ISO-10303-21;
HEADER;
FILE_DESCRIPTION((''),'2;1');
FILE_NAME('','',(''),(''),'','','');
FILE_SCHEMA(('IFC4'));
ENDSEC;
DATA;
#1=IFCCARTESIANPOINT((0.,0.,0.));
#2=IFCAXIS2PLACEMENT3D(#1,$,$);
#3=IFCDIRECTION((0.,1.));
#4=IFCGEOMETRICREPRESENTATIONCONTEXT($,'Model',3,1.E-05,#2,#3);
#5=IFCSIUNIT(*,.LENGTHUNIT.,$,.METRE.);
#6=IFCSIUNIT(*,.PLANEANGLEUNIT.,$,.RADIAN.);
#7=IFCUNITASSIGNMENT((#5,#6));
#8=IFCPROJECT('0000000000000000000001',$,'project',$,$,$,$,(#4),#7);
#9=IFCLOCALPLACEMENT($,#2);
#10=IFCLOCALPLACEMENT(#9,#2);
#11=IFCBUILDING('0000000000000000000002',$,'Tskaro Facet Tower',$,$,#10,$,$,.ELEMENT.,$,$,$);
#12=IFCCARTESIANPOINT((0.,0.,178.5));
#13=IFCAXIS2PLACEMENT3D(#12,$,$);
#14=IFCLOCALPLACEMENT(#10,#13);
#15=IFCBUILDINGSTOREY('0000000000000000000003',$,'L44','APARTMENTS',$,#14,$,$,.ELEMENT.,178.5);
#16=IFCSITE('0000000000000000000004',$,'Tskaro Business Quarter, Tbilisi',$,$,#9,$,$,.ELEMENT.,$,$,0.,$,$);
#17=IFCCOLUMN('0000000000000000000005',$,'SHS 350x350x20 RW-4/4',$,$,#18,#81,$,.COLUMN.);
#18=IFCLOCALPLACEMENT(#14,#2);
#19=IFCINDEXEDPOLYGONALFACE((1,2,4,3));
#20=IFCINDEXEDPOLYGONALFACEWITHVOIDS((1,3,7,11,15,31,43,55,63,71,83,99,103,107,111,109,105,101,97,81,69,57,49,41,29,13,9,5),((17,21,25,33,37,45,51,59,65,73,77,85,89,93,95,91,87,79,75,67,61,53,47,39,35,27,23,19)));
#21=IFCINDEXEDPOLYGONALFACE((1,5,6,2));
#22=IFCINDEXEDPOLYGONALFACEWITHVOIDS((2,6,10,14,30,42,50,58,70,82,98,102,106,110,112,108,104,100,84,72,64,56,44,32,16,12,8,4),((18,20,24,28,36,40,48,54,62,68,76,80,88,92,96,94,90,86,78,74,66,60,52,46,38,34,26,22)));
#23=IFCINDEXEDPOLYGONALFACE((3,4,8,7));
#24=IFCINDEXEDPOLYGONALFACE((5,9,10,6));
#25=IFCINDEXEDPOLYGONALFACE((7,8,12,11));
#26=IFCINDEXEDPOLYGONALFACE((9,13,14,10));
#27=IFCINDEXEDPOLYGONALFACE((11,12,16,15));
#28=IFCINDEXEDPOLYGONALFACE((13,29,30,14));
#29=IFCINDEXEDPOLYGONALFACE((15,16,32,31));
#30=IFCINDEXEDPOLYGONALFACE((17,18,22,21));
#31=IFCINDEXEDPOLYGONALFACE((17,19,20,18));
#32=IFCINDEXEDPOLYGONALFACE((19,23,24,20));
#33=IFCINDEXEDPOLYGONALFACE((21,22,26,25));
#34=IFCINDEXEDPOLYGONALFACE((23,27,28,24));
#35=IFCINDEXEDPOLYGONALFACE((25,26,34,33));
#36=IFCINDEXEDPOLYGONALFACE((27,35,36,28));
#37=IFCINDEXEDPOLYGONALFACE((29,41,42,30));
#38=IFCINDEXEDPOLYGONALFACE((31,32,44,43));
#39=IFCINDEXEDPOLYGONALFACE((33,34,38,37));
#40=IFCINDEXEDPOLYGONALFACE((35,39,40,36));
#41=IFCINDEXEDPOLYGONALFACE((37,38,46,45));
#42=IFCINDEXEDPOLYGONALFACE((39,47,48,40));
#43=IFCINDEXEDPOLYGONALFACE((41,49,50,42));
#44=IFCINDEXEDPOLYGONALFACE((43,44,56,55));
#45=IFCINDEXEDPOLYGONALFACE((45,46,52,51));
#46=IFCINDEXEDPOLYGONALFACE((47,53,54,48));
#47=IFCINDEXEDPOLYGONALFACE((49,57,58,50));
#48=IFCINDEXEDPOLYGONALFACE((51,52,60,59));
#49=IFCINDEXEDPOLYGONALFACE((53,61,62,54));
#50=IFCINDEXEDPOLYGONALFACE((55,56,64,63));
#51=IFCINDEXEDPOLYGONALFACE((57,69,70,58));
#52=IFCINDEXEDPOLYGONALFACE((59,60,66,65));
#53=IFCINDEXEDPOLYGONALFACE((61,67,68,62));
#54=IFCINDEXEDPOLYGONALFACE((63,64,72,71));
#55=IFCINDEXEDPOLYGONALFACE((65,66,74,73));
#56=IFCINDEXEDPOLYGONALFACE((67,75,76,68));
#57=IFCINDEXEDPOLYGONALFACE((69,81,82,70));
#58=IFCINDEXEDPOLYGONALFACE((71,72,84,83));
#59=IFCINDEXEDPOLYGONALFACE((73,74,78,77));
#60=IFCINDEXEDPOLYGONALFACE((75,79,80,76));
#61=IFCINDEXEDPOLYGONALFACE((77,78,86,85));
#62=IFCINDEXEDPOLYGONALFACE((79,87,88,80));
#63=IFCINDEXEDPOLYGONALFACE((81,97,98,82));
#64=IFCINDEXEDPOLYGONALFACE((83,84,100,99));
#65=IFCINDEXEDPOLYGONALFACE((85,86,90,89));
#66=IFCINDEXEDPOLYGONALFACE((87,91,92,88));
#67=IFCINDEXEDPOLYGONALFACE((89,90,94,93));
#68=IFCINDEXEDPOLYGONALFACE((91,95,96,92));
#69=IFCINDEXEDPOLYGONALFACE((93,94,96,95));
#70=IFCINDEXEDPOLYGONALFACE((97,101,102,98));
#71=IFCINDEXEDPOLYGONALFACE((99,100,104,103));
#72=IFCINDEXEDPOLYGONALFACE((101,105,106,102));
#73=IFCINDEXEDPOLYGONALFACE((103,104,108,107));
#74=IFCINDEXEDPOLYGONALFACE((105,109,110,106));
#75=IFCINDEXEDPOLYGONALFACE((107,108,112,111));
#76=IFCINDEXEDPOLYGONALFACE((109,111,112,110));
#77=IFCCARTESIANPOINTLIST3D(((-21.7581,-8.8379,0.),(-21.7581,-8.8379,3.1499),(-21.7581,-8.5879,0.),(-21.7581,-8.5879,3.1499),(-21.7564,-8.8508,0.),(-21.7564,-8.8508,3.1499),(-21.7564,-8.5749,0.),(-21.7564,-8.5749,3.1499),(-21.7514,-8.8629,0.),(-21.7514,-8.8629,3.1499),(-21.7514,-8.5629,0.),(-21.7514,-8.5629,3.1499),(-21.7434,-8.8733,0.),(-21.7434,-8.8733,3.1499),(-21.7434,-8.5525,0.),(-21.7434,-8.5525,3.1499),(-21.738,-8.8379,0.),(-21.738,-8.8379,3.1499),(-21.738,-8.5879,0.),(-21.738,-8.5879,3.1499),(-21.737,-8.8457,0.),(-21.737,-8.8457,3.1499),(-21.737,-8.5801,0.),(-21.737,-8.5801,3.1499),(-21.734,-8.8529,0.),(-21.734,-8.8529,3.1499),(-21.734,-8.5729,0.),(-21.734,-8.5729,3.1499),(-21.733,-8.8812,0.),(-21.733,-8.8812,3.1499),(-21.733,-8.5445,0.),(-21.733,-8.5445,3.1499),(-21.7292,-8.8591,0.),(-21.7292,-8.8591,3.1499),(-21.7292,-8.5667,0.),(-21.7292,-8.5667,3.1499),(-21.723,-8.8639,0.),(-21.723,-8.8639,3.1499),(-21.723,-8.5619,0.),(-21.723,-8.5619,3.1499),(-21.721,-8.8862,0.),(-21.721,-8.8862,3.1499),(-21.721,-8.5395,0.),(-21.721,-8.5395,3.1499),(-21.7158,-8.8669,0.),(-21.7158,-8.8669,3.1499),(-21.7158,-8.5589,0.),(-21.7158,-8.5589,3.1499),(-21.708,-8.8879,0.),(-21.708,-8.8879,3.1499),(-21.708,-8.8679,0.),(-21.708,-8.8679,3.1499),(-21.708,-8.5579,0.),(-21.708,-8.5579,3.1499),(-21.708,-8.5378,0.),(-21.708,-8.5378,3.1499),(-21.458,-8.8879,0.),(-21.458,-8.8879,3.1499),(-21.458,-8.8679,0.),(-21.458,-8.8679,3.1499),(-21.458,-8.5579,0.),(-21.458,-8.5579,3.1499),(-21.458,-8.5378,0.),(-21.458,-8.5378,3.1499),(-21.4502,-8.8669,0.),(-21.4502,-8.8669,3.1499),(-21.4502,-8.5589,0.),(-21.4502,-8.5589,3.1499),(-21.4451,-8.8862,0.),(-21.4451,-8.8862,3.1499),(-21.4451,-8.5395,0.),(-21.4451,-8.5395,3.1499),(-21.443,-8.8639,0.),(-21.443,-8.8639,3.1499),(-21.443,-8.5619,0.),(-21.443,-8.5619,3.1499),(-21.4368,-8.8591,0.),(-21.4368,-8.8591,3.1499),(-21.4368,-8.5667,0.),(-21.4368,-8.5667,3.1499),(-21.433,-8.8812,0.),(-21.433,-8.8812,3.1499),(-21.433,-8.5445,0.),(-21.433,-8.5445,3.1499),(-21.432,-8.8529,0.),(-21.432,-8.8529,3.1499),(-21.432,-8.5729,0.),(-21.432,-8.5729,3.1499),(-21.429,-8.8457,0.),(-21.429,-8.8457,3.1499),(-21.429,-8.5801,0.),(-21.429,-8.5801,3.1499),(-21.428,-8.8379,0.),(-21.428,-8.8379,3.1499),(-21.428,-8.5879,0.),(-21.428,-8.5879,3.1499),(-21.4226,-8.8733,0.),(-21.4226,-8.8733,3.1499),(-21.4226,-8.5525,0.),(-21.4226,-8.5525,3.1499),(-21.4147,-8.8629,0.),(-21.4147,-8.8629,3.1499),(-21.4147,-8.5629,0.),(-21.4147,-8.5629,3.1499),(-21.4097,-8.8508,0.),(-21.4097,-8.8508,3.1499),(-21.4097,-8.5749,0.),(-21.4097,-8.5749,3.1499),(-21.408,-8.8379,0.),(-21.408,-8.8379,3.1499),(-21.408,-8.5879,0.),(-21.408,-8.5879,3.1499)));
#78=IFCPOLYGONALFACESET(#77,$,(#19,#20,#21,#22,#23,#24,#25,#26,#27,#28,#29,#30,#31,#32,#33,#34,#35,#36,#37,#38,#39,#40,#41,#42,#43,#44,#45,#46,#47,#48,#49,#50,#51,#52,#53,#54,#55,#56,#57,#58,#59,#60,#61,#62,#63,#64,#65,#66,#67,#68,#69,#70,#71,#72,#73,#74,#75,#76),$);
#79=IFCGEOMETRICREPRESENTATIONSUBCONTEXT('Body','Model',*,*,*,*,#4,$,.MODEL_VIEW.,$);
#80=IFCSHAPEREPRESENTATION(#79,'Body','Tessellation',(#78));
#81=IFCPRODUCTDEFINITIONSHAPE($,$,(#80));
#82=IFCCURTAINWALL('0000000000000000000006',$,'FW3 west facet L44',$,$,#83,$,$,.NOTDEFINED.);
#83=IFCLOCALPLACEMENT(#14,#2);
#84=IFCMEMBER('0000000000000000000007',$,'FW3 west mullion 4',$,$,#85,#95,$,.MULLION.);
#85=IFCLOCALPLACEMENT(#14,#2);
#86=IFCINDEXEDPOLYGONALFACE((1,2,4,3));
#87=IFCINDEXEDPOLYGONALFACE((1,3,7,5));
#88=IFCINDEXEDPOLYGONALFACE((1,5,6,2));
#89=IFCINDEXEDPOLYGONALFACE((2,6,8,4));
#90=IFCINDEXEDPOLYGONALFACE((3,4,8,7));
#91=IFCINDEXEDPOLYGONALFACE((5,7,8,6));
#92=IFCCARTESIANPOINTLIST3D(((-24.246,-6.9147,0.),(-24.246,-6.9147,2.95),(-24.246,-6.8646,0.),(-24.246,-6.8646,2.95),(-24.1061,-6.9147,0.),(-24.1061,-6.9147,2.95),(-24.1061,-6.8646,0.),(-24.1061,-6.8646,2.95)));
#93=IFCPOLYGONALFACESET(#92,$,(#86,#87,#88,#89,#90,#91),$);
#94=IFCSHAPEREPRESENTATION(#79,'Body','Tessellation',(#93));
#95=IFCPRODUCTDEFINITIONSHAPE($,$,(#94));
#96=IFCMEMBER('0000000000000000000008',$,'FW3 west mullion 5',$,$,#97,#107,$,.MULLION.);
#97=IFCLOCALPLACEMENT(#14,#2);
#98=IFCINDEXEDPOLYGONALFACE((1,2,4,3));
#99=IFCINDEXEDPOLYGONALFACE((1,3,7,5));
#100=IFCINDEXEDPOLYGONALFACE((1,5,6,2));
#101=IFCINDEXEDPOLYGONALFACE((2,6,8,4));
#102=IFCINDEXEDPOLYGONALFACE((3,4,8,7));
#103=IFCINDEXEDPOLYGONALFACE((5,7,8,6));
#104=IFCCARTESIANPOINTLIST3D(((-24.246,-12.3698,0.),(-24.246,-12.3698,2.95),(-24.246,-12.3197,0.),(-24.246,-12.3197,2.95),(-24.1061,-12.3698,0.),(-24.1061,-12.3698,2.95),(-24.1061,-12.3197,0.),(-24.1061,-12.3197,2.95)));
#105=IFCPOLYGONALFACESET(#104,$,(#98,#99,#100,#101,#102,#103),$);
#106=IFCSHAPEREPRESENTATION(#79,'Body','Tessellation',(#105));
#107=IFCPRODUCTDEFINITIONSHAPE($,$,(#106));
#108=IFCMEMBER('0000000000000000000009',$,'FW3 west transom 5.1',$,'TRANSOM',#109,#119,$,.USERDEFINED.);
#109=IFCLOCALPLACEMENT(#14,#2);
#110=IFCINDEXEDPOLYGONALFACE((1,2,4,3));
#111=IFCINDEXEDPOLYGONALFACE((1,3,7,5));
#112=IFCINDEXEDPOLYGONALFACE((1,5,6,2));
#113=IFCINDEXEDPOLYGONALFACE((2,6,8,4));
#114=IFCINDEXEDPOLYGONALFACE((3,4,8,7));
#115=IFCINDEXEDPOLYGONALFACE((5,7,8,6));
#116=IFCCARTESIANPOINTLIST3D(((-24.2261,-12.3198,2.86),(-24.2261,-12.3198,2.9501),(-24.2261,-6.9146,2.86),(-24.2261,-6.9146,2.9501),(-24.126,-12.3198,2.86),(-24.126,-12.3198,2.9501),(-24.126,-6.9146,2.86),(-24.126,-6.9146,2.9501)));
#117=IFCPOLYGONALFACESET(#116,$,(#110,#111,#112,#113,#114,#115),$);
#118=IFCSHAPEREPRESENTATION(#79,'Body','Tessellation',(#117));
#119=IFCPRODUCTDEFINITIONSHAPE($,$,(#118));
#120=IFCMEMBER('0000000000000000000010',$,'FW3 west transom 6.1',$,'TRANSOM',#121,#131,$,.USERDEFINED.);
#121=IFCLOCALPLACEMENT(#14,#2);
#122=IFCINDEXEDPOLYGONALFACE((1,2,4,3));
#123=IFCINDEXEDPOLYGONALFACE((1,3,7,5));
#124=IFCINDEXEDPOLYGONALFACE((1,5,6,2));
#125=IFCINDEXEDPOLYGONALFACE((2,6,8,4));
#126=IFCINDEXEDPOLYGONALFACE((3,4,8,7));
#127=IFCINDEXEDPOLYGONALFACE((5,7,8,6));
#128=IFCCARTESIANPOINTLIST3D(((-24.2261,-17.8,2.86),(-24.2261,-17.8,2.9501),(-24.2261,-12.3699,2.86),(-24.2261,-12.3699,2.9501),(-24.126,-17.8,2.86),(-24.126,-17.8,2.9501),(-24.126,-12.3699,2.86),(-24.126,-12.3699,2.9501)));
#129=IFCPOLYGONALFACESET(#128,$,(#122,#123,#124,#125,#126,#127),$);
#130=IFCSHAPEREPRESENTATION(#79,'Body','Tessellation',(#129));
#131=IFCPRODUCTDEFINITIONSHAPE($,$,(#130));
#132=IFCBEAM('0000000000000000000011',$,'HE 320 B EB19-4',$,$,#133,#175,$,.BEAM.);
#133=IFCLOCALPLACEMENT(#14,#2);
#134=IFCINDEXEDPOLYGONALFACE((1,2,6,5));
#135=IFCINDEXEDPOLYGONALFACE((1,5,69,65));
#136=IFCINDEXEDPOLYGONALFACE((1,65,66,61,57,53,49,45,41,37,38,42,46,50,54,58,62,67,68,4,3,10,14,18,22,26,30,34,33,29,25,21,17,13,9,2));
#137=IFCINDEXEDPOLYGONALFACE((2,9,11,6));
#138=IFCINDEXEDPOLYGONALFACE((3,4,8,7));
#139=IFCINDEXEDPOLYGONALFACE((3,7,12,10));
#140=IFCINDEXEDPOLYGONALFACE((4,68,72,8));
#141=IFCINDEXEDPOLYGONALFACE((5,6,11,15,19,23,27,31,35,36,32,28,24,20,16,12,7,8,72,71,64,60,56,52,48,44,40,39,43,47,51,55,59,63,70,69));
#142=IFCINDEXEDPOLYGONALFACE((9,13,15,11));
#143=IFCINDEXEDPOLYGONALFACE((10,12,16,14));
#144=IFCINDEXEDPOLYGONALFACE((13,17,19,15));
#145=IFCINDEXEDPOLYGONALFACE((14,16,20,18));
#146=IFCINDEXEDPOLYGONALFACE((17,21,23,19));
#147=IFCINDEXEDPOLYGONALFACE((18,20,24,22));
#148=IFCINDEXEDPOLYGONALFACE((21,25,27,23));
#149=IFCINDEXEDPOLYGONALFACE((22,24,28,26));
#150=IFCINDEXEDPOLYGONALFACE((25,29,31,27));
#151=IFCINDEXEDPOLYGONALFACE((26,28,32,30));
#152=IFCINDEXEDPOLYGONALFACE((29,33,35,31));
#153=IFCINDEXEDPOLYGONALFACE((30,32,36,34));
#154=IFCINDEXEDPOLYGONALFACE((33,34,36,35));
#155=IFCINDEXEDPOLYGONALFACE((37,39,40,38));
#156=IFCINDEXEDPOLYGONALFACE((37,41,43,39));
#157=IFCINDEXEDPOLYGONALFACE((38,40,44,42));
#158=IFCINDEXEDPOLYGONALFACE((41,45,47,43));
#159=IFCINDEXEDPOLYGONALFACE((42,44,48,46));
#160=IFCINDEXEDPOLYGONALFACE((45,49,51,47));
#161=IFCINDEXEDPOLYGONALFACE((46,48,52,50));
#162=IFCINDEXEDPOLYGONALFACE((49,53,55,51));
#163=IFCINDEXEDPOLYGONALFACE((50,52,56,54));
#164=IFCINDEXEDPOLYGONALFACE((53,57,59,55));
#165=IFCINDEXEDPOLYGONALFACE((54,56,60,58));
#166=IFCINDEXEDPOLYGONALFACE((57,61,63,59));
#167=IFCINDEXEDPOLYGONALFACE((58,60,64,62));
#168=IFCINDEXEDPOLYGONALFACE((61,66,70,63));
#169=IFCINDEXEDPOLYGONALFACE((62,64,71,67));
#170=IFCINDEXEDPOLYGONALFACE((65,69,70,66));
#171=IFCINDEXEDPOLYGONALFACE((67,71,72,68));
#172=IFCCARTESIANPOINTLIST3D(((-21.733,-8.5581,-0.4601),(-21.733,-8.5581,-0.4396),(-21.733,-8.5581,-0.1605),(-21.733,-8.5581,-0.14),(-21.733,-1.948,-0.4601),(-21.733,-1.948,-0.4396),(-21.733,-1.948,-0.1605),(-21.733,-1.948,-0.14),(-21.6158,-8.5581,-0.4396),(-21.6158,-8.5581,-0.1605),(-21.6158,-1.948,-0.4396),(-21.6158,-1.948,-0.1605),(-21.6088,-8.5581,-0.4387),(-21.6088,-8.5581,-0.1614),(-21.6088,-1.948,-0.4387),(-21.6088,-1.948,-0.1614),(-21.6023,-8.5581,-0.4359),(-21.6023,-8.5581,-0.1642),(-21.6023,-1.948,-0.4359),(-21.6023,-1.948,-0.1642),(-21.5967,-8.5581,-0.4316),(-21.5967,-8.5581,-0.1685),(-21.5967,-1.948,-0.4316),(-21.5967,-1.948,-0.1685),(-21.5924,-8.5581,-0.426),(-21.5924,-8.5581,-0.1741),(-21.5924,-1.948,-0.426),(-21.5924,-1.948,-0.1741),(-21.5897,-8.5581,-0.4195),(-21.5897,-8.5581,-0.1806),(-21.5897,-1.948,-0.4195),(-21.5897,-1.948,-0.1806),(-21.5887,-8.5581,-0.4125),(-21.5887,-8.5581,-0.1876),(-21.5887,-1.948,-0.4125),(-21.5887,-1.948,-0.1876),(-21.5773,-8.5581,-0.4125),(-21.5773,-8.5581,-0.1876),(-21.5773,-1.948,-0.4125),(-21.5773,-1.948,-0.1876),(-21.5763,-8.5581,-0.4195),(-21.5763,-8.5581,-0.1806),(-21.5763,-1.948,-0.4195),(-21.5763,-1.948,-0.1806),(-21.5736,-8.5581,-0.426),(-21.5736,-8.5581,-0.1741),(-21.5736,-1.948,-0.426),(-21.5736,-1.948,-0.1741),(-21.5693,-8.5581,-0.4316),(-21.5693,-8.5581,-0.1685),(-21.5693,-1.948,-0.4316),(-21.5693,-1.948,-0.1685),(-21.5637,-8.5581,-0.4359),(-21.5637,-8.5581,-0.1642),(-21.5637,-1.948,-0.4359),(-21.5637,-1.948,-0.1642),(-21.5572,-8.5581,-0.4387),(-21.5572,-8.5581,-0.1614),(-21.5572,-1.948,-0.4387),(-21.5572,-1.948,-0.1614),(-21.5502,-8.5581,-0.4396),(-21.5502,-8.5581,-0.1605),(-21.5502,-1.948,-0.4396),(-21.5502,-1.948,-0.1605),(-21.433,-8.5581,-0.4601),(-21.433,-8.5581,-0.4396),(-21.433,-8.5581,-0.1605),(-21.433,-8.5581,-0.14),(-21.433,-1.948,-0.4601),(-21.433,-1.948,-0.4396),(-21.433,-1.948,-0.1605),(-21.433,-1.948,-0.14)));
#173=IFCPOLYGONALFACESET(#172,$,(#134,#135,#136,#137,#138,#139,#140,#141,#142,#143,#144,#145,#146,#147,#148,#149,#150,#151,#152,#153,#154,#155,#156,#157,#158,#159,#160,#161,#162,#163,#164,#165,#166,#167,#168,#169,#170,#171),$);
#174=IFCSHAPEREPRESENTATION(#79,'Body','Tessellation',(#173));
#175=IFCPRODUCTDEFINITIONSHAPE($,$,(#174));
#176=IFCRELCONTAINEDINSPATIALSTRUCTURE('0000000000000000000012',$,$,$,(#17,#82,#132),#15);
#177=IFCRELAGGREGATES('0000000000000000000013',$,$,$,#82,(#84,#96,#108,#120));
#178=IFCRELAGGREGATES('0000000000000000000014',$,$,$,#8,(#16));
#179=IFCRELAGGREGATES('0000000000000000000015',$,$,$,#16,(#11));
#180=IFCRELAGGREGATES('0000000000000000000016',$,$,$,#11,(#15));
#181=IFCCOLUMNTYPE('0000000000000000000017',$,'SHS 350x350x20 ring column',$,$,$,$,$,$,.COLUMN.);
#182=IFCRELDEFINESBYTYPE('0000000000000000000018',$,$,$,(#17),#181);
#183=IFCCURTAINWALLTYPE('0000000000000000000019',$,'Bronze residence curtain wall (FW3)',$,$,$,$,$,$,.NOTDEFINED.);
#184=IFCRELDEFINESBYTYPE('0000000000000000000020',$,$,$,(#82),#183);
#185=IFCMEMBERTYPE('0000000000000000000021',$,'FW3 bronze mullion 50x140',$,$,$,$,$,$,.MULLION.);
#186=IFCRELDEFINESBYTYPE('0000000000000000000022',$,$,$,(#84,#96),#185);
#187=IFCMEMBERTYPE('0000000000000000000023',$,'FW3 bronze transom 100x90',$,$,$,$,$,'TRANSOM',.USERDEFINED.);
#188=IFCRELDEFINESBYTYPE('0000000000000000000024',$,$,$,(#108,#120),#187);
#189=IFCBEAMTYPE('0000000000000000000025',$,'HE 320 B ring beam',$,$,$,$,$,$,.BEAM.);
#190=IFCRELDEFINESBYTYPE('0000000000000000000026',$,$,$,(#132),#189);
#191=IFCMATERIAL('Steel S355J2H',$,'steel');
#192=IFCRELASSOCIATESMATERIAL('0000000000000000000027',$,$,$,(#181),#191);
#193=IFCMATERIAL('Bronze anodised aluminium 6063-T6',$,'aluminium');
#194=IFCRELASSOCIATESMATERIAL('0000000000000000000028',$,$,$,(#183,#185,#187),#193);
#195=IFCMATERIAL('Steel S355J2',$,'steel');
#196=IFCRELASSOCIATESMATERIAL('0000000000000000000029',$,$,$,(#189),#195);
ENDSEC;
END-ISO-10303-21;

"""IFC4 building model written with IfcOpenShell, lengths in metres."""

from ifc_helpers import new_model, si_unit, direction, frame, origin, origin_2d, place, context, subcontext, project, spatial, rectangle, hollow_rectangle, i_section, extrude, material, material_profile, profile_set, type_object, element, aggregate, save


model = new_model("IFC4")

# Units and contexts
model_context = context("Model", 3, precision=1e-05, world=origin(), true_north=direction((0.0, 1.0)))
body_context = subcontext(model_context, "Body", "Model", "MODEL_VIEW")
ifc_project = project(units=[si_unit("LENGTHUNIT", "METRE"), si_unit("PLANEANGLEUNIT", "RADIAN")], contexts=[model_context])

# Site, building, storey
site_placement = place(None, origin())
site = spatial("IfcSite", under=ifc_project, at=site_placement, Name="Tskaro Business Quarter, Tbilisi", CompositionType="ELEMENT", RefElevation=0.0)
building_placement = place(site_placement, origin())
building = spatial("IfcBuilding", under=site, at=building_placement, Name="Tskaro Facet Tower", CompositionType="ELEMENT")
storey_placement = place(building_placement, frame((0.0, 0.0, 178.5)))
storey = spatial("IfcBuildingStorey", under=building, at=storey_placement, Name="L44", Description="APARTMENTS", CompositionType="ELEMENT", Elevation=178.5)

# Column
ifc_material_1 = material(Name="Steel S355J2H", Category="steel")
ifc_material_profile_1 = material_profile(ifc_material_1, hollow_rectangle(XDim=0.3501, YDim=0.3501, WallThickness=0.02, InnerFilletRadius=0.03, OuterFilletRadius=0.05, at=origin_2d()), Name="SHS 350x350x20")
ifc_profile_set_1 = profile_set([ifc_material_profile_1], Name="Steel S355J2H")
column_type_1 = type_object("IfcColumnType", Name="SHS 350x350x20 ring column", PredefinedType="COLUMN", material=ifc_profile_set_1)
for number, where, z_axis, x_axis, name in (
    (1, (-21.583, -8.7129, 0.0), (0.0, 0.0, 1.0), (1.0, 0.0, 0.0), "SHS 350x350x20 RW-4/4"),
):
    element("IfcColumn", number, at=place(storey_placement, frame(where, z_axis=z_axis, x_axis=x_axis)), inside=storey, type_object=column_type_1, Name=name, PredefinedType="COLUMN", context=body_context, shape_type="SweptSolid", body=[
        extrude(hollow_rectangle(XDim=0.3501, YDim=0.3501, WallThickness=0.02, InnerFilletRadius=0.03, OuterFilletRadius=0.05, at=origin_2d()), origin(), (0.0, 0.0, 1.0), 3.1499),
    ])

# Curtain wall, members
ifc_material_2 = material(Name="Bronze anodised aluminium 6063-T6", Category="aluminium")
curtain_wall_type = type_object("IfcCurtainWallType", Name="Bronze residence curtain wall (FW3)", PredefinedType="NOTDEFINED", material=ifc_material_2)
curtain_wall_placement = place(storey_placement, origin())
curtain_wall = element("IfcCurtainWall", 2, at=curtain_wall_placement, inside=storey, type_object=curtain_wall_type, Name="FW3 west facet L44", PredefinedType="NOTDEFINED")
ifc_material_profile_2 = material_profile(ifc_material_2, rectangle(XDim=0.05, YDim=0.1399, at=origin_2d()), Name="Mullion 50x140")
ifc_profile_set_2 = profile_set([ifc_material_profile_2], Name="Bronze anodised aluminium 6063-T6")
member_type_1 = type_object("IfcMemberType", Name="FW3 bronze mullion 50x140", PredefinedType="MULLION", material=ifc_profile_set_2)
member_1_placement = place(storey_placement, frame((-24.176, -6.8896, 0.0), z_axis=(0.0, 0.0, 1.0), x_axis=(0.0, -1.0, 0.0)))
member_1 = element("IfcMember", 3, at=member_1_placement, type_object=member_type_1, Name="FW3 west mullion 4", PredefinedType="MULLION", context=body_context, shape_type="SweptSolid", body=[
    extrude(rectangle(XDim=0.05, YDim=0.1399, at=origin_2d()), origin(), (0.0, 0.0, 1.0), 2.95),
])
member_2_placement = place(storey_placement, frame((-24.176, -12.3447, 0.0), z_axis=(0.0, 0.0, 1.0), x_axis=(0.0, -1.0, 0.0)))
member_2 = element("IfcMember", 4, at=member_2_placement, type_object=member_type_1, Name="FW3 west mullion 5", PredefinedType="MULLION", context=body_context, shape_type="SweptSolid", body=[
    extrude(rectangle(XDim=0.05, YDim=0.1399, at=origin_2d()), origin(), (0.0, 0.0, 1.0), 2.95),
])
ifc_material_profile_3 = material_profile(ifc_material_2, rectangle(XDim=0.1001, YDim=0.0901, at=origin_2d()), Name="Transom 100x90")
ifc_profile_set_3 = profile_set([ifc_material_profile_3], Name="Bronze anodised aluminium 6063-T6")
member_type_2 = type_object("IfcMemberType", Name="FW3 bronze transom 100x90", ElementType="TRANSOM", PredefinedType="USERDEFINED", material=ifc_profile_set_3)
member_3_placement = place(storey_placement, frame((-24.176, -6.9146, 2.905), z_axis=(0.0, -1.0, 0.0), x_axis=(1.0, 0.0, 0.0)))
member_3 = element("IfcMember", 5, at=member_3_placement, type_object=member_type_2, Name="FW3 west transom 5.1", ObjectType="TRANSOM", PredefinedType="USERDEFINED", context=body_context, shape_type="SweptSolid", body=[
    extrude(rectangle(XDim=0.1001, YDim=0.0901, at=origin_2d()), origin(), (0.0, 0.0, 1.0), 5.4053),
])
member_4_placement = place(storey_placement, frame((-24.176, -12.3699, 2.905), z_axis=(0.0, -1.0, 0.0), x_axis=(1.0, 0.0, 0.0)))
member_4 = element("IfcMember", 6, at=member_4_placement, type_object=member_type_2, Name="FW3 west transom 6.1", ObjectType="TRANSOM", PredefinedType="USERDEFINED", context=body_context, shape_type="SweptSolid", body=[
    extrude(rectangle(XDim=0.1001, YDim=0.0901, at=origin_2d()), origin(), (0.0, 0.0, 1.0), 5.4302),
])

# Beam
ifc_material_3 = material(Name="Steel S355J2", Category="steel")
ifc_material_profile_4 = material_profile(ifc_material_3, i_section(OverallWidth=0.3, OverallDepth=0.3201, WebThickness=0.0115, FlangeThickness=0.0205, FilletRadius=0.0271, at=origin_2d()), Name="HE 320 B")
ifc_profile_set_4 = profile_set([ifc_material_profile_4], Name="Steel S355J2")
beam_type_1 = type_object("IfcBeamType", Name="HE 320 B ring beam", PredefinedType="BEAM", material=ifc_profile_set_4)
for number, where, z_axis, x_axis, name in (
    (7, (-21.583, -1.948, -0.3), (0.0, -1.0, 0.0), (1.0, 0.0, 0.0), "HE 320 B EB19-4"),
):
    element("IfcBeam", number, at=place(storey_placement, frame(where, z_axis=z_axis, x_axis=x_axis)), inside=storey, type_object=beam_type_1, Name=name, PredefinedType="BEAM", context=body_context, shape_type="SweptSolid", body=[
        extrude(i_section(OverallWidth=0.3, OverallDepth=0.3201, WebThickness=0.0115, FlangeThickness=0.0205, FilletRadius=0.0271, at=origin_2d()), origin(), (0.0, 0.0, 1.0), 6.6101),
    ])

aggregate(curtain_wall, [member_1, member_2, member_3, member_4])

save(model, "model.ifc")
